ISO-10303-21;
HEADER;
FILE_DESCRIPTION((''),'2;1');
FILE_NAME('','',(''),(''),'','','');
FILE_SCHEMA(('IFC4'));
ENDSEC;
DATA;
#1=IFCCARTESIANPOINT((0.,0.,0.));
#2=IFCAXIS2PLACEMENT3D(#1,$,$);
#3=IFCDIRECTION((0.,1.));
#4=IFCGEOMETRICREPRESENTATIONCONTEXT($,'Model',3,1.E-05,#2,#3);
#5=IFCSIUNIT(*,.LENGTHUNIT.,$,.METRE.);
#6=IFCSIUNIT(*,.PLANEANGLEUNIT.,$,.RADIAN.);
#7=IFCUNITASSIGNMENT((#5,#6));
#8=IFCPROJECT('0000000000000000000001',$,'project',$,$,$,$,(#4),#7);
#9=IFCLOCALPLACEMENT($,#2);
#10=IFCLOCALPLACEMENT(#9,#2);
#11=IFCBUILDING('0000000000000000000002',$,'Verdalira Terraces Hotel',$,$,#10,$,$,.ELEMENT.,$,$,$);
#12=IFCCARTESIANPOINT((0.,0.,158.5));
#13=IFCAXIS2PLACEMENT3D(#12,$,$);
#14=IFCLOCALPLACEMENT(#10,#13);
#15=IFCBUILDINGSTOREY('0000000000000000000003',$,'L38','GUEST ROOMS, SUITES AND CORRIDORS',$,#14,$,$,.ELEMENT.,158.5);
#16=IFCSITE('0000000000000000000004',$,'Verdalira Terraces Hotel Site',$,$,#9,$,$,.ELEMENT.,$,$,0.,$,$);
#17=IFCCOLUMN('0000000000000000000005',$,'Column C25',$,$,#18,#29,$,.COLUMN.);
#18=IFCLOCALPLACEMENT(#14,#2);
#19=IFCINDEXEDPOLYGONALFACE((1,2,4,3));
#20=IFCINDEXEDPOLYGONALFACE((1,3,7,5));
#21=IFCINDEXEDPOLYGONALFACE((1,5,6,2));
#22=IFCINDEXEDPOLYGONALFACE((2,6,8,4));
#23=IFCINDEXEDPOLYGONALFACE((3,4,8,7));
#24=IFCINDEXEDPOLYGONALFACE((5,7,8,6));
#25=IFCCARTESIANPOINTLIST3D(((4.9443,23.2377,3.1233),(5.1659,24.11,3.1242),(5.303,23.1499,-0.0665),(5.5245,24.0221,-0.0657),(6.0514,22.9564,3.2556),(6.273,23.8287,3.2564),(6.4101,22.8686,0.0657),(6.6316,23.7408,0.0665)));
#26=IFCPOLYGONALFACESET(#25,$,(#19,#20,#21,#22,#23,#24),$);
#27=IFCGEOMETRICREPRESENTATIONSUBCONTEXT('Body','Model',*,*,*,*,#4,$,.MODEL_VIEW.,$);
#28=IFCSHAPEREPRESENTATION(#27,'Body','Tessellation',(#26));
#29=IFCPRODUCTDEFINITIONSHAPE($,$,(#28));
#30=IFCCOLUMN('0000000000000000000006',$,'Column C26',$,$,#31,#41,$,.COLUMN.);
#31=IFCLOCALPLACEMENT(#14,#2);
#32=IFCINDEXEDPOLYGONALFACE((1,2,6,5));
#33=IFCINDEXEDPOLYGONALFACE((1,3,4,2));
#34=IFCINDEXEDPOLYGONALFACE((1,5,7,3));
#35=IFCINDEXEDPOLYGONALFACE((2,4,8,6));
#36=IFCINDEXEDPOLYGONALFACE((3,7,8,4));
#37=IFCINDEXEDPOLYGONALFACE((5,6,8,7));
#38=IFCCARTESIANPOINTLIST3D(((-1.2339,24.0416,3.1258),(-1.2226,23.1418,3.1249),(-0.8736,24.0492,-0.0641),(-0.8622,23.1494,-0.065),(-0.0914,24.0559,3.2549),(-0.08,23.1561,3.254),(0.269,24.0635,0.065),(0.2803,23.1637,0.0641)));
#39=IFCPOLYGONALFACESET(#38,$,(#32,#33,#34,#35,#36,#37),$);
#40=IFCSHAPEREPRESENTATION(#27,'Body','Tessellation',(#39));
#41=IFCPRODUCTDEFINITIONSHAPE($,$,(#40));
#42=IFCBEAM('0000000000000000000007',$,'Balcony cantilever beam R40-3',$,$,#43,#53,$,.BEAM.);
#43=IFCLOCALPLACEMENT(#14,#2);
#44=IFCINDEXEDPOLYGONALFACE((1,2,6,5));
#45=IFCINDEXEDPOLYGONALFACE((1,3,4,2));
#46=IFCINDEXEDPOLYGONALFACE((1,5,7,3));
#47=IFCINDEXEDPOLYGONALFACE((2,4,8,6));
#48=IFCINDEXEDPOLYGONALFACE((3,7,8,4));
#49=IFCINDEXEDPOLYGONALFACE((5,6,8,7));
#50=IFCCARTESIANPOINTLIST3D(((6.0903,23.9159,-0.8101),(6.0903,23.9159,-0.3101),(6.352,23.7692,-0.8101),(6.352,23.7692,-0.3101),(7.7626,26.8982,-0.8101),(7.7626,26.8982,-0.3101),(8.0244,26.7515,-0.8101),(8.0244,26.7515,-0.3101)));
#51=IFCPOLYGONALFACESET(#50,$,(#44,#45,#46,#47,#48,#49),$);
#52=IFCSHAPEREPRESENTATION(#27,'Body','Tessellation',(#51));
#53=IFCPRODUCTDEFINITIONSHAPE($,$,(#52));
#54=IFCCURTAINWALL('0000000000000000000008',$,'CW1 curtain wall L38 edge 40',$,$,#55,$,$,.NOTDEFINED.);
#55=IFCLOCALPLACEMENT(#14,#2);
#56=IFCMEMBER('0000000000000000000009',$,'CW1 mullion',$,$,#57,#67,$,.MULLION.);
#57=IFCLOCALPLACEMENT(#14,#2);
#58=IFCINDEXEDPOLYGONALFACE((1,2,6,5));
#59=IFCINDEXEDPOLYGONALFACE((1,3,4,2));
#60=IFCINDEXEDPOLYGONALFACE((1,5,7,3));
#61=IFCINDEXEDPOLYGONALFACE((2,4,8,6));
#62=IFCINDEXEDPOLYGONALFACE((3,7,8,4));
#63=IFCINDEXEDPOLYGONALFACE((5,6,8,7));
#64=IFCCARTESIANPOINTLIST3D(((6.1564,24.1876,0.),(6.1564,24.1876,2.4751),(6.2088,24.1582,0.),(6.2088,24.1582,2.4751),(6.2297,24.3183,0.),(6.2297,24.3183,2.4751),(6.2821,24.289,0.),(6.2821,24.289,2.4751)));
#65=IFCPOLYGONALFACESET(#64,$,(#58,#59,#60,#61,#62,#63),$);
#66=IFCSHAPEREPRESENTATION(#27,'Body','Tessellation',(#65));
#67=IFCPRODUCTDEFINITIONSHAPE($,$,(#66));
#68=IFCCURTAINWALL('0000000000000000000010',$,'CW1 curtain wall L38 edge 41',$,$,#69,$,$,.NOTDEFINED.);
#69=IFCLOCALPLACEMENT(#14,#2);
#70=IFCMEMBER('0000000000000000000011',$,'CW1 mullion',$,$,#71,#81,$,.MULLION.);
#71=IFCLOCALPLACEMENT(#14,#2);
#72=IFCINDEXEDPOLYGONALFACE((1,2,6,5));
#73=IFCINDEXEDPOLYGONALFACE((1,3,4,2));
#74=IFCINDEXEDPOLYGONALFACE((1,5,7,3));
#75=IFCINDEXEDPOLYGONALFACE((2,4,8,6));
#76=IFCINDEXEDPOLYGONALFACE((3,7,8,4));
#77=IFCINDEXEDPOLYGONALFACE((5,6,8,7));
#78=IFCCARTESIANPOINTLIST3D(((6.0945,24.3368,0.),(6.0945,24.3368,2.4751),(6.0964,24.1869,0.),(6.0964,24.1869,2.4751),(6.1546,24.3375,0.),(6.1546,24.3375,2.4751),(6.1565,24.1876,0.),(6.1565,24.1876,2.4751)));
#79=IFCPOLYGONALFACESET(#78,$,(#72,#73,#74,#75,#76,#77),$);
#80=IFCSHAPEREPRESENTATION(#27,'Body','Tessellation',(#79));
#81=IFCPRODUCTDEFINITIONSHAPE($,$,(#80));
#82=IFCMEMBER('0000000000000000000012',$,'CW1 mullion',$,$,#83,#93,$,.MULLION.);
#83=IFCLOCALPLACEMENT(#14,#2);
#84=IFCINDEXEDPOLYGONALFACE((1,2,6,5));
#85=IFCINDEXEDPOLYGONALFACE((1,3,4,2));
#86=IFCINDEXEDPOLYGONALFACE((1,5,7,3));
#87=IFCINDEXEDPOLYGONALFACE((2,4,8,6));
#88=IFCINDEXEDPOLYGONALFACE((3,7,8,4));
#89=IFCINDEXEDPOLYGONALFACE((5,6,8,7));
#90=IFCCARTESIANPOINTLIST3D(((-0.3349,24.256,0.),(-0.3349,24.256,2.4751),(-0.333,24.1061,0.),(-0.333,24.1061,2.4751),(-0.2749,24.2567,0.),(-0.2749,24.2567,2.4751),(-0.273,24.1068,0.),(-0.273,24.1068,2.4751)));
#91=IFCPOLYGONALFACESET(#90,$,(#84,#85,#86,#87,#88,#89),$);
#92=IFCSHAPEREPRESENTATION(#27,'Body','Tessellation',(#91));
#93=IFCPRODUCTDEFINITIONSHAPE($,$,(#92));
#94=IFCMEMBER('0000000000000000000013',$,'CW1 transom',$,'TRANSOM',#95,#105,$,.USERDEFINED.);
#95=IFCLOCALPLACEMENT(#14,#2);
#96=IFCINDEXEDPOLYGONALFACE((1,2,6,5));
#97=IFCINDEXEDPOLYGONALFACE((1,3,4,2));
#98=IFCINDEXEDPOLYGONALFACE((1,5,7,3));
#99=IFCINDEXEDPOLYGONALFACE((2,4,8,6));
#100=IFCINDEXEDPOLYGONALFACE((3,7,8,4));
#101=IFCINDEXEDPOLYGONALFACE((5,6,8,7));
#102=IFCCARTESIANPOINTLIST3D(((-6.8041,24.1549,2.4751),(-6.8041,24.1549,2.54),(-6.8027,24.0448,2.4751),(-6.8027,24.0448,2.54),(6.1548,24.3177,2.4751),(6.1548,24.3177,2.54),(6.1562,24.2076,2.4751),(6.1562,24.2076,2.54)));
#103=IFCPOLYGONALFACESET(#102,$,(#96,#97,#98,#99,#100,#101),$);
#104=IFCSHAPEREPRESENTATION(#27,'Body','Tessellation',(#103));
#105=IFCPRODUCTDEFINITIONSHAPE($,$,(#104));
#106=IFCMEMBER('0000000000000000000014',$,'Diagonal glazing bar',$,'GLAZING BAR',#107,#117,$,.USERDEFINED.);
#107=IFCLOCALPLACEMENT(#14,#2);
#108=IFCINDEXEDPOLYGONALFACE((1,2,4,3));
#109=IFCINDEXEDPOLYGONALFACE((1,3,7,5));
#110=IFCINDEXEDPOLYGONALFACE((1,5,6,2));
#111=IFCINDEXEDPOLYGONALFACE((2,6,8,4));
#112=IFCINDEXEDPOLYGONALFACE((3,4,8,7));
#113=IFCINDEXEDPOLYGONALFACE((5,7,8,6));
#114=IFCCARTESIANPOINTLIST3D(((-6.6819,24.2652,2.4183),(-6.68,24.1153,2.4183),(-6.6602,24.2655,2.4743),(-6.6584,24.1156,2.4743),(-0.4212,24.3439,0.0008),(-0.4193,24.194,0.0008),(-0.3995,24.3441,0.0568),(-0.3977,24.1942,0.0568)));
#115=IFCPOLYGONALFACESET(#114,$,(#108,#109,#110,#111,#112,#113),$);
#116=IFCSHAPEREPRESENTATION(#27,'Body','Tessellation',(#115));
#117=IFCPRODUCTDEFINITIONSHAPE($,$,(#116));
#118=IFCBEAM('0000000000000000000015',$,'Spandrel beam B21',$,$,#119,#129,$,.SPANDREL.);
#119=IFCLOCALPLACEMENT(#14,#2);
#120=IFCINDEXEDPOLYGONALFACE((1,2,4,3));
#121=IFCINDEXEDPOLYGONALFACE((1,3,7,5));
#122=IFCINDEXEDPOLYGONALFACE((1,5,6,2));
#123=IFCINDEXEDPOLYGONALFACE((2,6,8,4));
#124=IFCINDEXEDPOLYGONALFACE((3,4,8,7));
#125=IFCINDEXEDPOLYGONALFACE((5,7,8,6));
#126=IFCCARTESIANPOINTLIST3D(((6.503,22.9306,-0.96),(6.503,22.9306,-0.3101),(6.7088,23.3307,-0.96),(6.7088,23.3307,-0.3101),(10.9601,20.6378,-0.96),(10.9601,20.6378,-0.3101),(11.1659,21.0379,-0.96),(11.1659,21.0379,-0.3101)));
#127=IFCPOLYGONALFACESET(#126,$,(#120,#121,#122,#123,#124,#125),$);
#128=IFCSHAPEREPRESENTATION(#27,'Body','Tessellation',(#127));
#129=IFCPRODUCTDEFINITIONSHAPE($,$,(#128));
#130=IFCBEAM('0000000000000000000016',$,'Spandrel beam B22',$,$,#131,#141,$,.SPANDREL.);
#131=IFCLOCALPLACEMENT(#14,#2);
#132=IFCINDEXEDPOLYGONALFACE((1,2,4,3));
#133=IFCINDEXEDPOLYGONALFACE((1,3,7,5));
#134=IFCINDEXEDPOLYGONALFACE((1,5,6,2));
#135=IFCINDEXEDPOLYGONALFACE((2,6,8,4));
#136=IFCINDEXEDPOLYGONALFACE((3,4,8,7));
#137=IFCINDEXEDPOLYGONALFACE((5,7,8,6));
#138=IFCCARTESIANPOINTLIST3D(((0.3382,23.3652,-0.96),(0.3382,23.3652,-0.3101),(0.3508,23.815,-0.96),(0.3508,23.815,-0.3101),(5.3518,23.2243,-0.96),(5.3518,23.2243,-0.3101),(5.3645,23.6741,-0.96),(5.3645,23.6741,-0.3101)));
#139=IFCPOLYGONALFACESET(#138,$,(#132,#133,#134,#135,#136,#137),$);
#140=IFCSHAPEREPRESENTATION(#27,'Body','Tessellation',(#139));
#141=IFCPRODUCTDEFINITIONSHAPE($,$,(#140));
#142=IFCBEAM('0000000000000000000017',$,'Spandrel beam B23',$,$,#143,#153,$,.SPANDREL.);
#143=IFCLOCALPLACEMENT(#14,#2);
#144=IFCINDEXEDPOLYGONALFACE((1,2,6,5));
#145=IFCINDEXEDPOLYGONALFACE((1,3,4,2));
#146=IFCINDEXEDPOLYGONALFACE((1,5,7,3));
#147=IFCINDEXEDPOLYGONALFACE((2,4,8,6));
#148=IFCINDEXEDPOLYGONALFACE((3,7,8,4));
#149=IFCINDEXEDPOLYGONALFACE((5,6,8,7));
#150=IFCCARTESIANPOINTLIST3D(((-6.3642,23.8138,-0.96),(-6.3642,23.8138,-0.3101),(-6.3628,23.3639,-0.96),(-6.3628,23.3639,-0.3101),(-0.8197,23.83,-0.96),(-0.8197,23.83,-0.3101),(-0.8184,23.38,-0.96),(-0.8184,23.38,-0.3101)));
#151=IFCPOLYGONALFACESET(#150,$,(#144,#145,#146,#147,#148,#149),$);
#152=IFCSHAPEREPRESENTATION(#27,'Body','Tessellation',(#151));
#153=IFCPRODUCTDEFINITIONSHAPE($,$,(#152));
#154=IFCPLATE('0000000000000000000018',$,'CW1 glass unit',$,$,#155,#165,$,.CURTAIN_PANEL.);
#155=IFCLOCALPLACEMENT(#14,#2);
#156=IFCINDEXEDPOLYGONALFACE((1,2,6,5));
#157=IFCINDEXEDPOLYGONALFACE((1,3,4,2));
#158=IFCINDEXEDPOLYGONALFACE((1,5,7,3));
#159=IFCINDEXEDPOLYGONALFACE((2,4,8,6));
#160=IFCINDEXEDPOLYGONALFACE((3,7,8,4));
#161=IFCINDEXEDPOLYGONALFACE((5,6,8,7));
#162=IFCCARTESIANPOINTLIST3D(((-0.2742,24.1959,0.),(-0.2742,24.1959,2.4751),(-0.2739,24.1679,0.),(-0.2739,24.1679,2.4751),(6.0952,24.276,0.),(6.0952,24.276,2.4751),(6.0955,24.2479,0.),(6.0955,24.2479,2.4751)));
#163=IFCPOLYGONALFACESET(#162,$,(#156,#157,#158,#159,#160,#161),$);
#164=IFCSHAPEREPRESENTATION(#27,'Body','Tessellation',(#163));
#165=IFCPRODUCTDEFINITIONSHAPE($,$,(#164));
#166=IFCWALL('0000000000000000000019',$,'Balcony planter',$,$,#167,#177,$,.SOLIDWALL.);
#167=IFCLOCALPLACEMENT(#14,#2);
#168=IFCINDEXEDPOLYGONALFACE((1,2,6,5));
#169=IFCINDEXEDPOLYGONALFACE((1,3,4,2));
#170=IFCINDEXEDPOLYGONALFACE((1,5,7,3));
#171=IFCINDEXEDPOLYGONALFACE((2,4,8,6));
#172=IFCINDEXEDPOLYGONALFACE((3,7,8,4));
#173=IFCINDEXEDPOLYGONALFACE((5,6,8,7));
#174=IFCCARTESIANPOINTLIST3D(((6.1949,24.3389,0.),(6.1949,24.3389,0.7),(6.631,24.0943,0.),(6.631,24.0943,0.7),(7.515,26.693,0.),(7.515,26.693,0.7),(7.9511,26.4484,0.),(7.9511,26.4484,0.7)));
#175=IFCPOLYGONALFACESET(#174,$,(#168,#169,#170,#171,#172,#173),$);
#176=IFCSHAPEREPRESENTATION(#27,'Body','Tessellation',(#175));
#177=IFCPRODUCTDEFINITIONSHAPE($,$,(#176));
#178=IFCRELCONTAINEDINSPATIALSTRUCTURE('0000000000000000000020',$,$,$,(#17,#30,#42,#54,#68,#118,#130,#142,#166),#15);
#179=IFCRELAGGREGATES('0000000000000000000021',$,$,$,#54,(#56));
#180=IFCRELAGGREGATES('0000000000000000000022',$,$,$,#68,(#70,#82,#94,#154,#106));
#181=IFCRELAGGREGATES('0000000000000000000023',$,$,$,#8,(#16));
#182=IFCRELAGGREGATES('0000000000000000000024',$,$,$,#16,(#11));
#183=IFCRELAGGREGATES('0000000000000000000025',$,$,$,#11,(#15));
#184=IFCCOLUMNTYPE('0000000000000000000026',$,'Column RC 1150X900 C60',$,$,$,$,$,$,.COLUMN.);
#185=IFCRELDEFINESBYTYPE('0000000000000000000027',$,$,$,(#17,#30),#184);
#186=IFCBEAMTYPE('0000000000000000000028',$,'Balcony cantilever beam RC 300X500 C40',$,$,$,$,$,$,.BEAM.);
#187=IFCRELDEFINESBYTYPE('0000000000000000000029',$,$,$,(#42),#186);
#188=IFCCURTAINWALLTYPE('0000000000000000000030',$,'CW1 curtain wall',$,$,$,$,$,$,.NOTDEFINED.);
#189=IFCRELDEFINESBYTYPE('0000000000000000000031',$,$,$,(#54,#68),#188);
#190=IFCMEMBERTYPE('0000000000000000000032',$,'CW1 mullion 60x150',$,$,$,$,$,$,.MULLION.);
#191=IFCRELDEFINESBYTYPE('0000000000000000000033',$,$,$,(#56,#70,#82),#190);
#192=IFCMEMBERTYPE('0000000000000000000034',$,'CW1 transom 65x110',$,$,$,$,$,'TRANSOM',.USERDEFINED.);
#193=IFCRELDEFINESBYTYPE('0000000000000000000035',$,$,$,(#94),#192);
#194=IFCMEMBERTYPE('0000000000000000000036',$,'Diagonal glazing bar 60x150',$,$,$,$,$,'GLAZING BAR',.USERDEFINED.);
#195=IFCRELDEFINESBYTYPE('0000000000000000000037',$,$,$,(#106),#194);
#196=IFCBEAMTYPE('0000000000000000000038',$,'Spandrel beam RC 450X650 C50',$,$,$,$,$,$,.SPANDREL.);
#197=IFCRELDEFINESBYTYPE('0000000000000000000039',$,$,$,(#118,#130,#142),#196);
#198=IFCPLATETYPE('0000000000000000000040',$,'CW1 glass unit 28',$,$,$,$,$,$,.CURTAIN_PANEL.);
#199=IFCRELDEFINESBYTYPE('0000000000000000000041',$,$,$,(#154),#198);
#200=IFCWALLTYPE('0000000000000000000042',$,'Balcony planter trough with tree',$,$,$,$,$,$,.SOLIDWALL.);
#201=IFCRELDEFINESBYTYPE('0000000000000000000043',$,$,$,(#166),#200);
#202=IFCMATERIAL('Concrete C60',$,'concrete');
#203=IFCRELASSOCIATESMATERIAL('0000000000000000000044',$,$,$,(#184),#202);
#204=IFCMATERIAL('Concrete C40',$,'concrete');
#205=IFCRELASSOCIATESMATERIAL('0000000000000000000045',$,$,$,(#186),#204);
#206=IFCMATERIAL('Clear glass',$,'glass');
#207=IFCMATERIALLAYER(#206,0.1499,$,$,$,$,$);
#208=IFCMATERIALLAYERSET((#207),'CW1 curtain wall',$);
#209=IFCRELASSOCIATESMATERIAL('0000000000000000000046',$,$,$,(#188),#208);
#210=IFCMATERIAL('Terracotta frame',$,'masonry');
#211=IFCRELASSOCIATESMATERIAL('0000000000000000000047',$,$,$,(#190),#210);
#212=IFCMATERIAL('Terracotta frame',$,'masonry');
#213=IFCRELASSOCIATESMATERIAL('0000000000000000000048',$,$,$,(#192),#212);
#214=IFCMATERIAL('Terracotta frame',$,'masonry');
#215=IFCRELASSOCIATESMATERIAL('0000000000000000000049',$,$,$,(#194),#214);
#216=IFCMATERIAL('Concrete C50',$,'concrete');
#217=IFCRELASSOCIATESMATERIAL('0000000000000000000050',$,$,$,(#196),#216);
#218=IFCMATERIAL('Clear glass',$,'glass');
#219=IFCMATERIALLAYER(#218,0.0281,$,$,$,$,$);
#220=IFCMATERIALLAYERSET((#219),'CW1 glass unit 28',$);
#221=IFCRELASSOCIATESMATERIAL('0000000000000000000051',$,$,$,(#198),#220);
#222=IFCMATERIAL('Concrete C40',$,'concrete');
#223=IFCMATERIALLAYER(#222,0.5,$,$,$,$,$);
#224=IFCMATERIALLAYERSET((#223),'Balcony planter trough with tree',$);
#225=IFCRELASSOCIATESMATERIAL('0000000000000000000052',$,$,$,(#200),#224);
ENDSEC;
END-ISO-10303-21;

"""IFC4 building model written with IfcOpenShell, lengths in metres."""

from ifc_helpers import new_model, si_unit, direction, frame, frame_2d, origin, origin_2d, place, context, subcontext, project, spatial, rectangle, extrude, material, layer, layer_set, material_profile, profile_set, type_object, element, aggregate, save


model = new_model("IFC4")

# Units and contexts
model_context = context("Model", 3, precision=1e-05, world=origin(), true_north=direction((0.0, 1.0)))
body_context = subcontext(model_context, "Body", "Model", "MODEL_VIEW")
ifc_project = project(units=[si_unit("LENGTHUNIT", "METRE"), si_unit("PLANEANGLEUNIT", "RADIAN")], contexts=[model_context])

# Site, building, storey
site_placement = place(None, origin())
site = spatial("IfcSite", under=ifc_project, at=site_placement, Name="Verdalira Terraces Hotel Site", CompositionType="ELEMENT", RefElevation=0.0)
building_placement = place(site_placement, origin())
building = spatial("IfcBuilding", under=site, at=building_placement, Name="Verdalira Terraces Hotel", CompositionType="ELEMENT")
storey_placement = place(building_placement, frame((0.0, 0.0, 158.5)))
storey = spatial("IfcBuildingStorey", under=building, at=storey_placement, Name="L38", Description="GUEST ROOMS, SUITES AND CORRIDORS", CompositionType="ELEMENT", Elevation=158.5)

# Columns
ifc_material_1 = material(Name="Concrete C60", Category="concrete")
ifc_material_profile_1 = material_profile(ifc_material_1, rectangle(XDim=1.1499, YDim=0.8999, at=origin_2d()), Name="RC 1150X900")
ifc_profile_set_1 = profile_set([ifc_material_profile_1], Name="Concrete C60")
column_type = type_object("IfcColumnType", Name="Column RC 1150X900 C60", PredefinedType="COLUMN", material=ifc_profile_set_1)
column_1_placement = place(storey_placement, frame((5.9673, 23.4453, 0.0), z_axis=(-0.111683, 0.02737, 0.993367), x_axis=(0.962776, -0.244625, 0.114984)))
element("IfcColumn", 1, at=column_1_placement, inside=storey, type_object=column_type, Name="Column C25", PredefinedType="COLUMN", context=body_context, shape_type="SweptSolid", body=[
    extrude(rectangle(XDim=1.1499, YDim=0.8999, at=origin_2d()), origin(), (0.0, 0.0, 1.0), 3.2112),
])
column_2_placement = place(storey_placement, frame((-0.2966, 23.6064, 0.0), z_axis=(-0.112251, -0.002358, 0.993677), x_axis=(-0.9936, -0.012435, -0.112271)))
element("IfcColumn", 2, at=column_2_placement, inside=storey, type_object=column_type, Name="Column C26", PredefinedType="COLUMN", context=body_context, shape_type="SweptSolid", body=[
    extrude(rectangle(XDim=1.1499, YDim=0.8999, at=origin_2d()), origin(), (0.0, 0.0, 1.0), 3.2102),
])

# Beam
ifc_material_2 = material(Name="Concrete C40", Category="concrete")
ifc_material_profile_2 = material_profile(ifc_material_2, rectangle(XDim=0.3, YDim=0.5, at=origin_2d()), Name="RC 300X500")
ifc_profile_set_2 = profile_set([ifc_material_profile_2], Name="Concrete C40")
beam_type_1 = type_object("IfcBeamType", Name="Balcony cantilever beam RC 300X500 C40", PredefinedType="BEAM", material=ifc_profile_set_2)
beam_1_placement = place(storey_placement, frame((6.2212, 23.8425, -0.5601), z_axis=(0.489095, 0.872231, 0.0), x_axis=(-0.872231, 0.489095, 0.0)))
element("IfcBeam", 3, at=beam_1_placement, inside=storey, type_object=beam_type_1, Name="Balcony cantilever beam R40-3", PredefinedType="BEAM", context=body_context, shape_type="SweptSolid", body=[
    extrude(rectangle(XDim=0.3, YDim=0.5, at=origin_2d()), origin(), (0.0, 0.0, 1.0), 3.4192),
])

# Curtain wall, member
ifc_material_3 = material(Name="Clear glass", Category="glass")
ifc_layer_1 = layer(ifc_material_3, 0.1499)
ifc_layer_set_1 = layer_set([ifc_layer_1], Name="CW1 curtain wall")
curtain_wall_type = type_object("IfcCurtainWallType", Name="CW1 curtain wall", PredefinedType="NOTDEFINED", material=ifc_layer_set_1)
curtain_wall_1_placement = place(storey_placement, origin())
curtain_wall_1 = element("IfcCurtainWall", 4, at=curtain_wall_1_placement, inside=storey, type_object=curtain_wall_type, Name="CW1 curtain wall L38 edge 40", PredefinedType="NOTDEFINED")
ifc_material_4 = material(Name="Terracotta frame", Category="masonry")
ifc_material_profile_3 = material_profile(ifc_material_4, rectangle(XDim=0.0601, YDim=0.1499, at=origin_2d()), Name="MU 60x150")
ifc_profile_set_3 = profile_set([ifc_material_profile_3], Name="Terracotta frame")
member_type_1 = type_object("IfcMemberType", Name="CW1 mullion 60x150", PredefinedType="MULLION", material=ifc_profile_set_3)
member_1_placement = place(storey_placement, frame((6.2192, 24.2383, 0.0), z_axis=(0.0, 0.0, 1.0), x_axis=(-0.87224, 0.489078, 0.0)))
member_1 = element("IfcMember", 5, at=member_1_placement, type_object=member_type_1, Name="CW1 mullion", PredefinedType="MULLION", context=body_context, shape_type="SweptSolid", body=[
    extrude(rectangle(XDim=0.0601, YDim=0.1499, at=origin_2d()), origin(), (0.0, 0.0, 1.0), 2.4751),
])
aggregate(curtain_wall_1, [member_1])

# Curtain wall, members
curtain_wall_2_placement = place(storey_placement, origin())
curtain_wall_2 = element("IfcCurtainWall", 6, at=curtain_wall_2_placement, inside=storey, type_object=curtain_wall_type, Name="CW1 curtain wall L38 edge 41", PredefinedType="NOTDEFINED")
member_2_placement = place(storey_placement, frame((6.1255, 24.2622, 0.0), z_axis=(0.0, 0.0, 1.0), x_axis=(-0.999921, -0.012566, 0.0)))
member_2 = element("IfcMember", 7, at=member_2_placement, type_object=member_type_1, Name="CW1 mullion", PredefinedType="MULLION", context=body_context, shape_type="SweptSolid", body=[
    extrude(rectangle(XDim=0.0601, YDim=0.1499, at=origin_2d()), origin(), (0.0, 0.0, 1.0), 2.4751),
])
member_3_placement = place(storey_placement, frame((-0.304, 24.1814, 0.0), z_axis=(0.0, 0.0, 1.0), x_axis=(-0.999921, -0.012566, 0.0)))
member_3 = element("IfcMember", 8, at=member_3_placement, type_object=member_type_1, Name="CW1 mullion", PredefinedType="MULLION", context=body_context, shape_type="SweptSolid", body=[
    extrude(rectangle(XDim=0.0601, YDim=0.1499, at=origin_2d()), origin(), (0.0, 0.0, 1.0), 2.4751),
])
ifc_material_5 = material(Name="Terracotta frame", Category="masonry")
ifc_material_profile_4 = material_profile(ifc_material_5, rectangle(XDim=0.1101, YDim=0.0649, at=origin_2d()), Name="TR 65x110")
ifc_profile_set_4 = profile_set([ifc_material_profile_4], Name="Terracotta frame")
member_type_2 = type_object("IfcMemberType", Name="CW1 transom 65x110", ElementType="TRANSOM", PredefinedType="USERDEFINED", material=ifc_profile_set_4)
member_4_placement = place(storey_placement, frame((6.1555, 24.2627, 2.5076), z_axis=(-0.999921, -0.012565, 0.0), x_axis=(0.012565, -0.999921, 0.0)))
member_4 = element("IfcMember", 9, at=member_4_placement, type_object=member_type_2, Name="CW1 transom", ObjectType="TRANSOM", PredefinedType="USERDEFINED", context=body_context, shape_type="SweptSolid", body=[
    extrude(rectangle(XDim=0.1101, YDim=0.0649, at=origin_2d()), origin(), (0.0, 0.0, 1.0), 12.96),
])
ifc_material_6 = material(Name="Terracotta frame", Category="masonry")
ifc_material_profile_5 = material_profile(ifc_material_6, rectangle(XDim=0.1499, YDim=0.0601, at=origin_2d()), Name="GB 60x150")
ifc_profile_set_5 = profile_set([ifc_material_profile_5], Name="Terracotta frame")
member_type_3 = type_object("IfcMemberType", Name="Diagonal glazing bar 60x150", ElementType="GLAZING BAR", PredefinedType="USERDEFINED", material=ifc_profile_set_5)
member_5_placement = place(storey_placement, frame((-0.4094, 24.269, 0.0288), z_axis=(-0.932806, -0.011713, 0.360188), x_axis=(0.012556, -0.999921, 0.0)))
member_5 = element("IfcMember", 10, at=member_5_placement, type_object=member_type_3, Name="Diagonal glazing bar", ObjectType="GLAZING BAR", PredefinedType="USERDEFINED", context=body_context, shape_type="SweptSolid", body=[
    extrude(rectangle(XDim=0.1499, YDim=0.0601, at=origin_2d()), origin(), (0.0, 0.0, 1.0), 6.7117),
])

# Beams
ifc_material_7 = material(Name="Concrete C50", Category="concrete")
ifc_material_profile_6 = material_profile(ifc_material_7, rectangle(XDim=0.45, YDim=0.6499, at=origin_2d()), Name="RC 450X650")
ifc_profile_set_6 = profile_set([ifc_material_profile_6], Name="Concrete C50")
beam_type_2 = type_object("IfcBeamType", Name="Spandrel beam RC 450X650 C50", PredefinedType="SPANDREL", material=ifc_profile_set_6)
beam_2_placement = place(storey_placement, frame((11.063, 20.8379, -0.635), z_axis=(-0.889244, 0.457433, 0.0), x_axis=(-0.457433, -0.889244, 0.0)))
element("IfcBeam", 11, at=beam_2_placement, inside=storey, type_object=beam_type_2, Name="Spandrel beam B21", PredefinedType="SPANDREL", context=body_context, shape_type="SweptSolid", body=[
    extrude(rectangle(XDim=0.45, YDim=0.6499, at=origin_2d()), origin(), (0.0, 0.0, 1.0), 5.0122),
])
beam_3_placement = place(storey_placement, frame((5.3582, 23.4492, -0.635), z_axis=(-0.999606, 0.028086, 0.0), x_axis=(-0.028086, -0.999606, 0.0)))
element("IfcBeam", 12, at=beam_3_placement, inside=storey, type_object=beam_type_2, Name="Spandrel beam B22", PredefinedType="SPANDREL", context=body_context, shape_type="SweptSolid", body=[
    extrude(rectangle(XDim=0.45, YDim=0.6499, at=origin_2d()), origin(), (0.0, 0.0, 1.0), 5.0156),
])
beam_4_placement = place(storey_placement, frame((-0.8191, 23.605, -0.635), z_axis=(-0.999996, -0.002906, 0.0), x_axis=(0.002906, -0.999996, 0.0)))
element("IfcBeam", 13, at=beam_4_placement, inside=storey, type_object=beam_type_2, Name="Spandrel beam B23", PredefinedType="SPANDREL", context=body_context, shape_type="SweptSolid", body=[
    extrude(rectangle(XDim=0.45, YDim=0.6499, at=origin_2d()), origin(), (0.0, 0.0, 1.0), 5.5444),
])

# Plate
ifc_material_8 = material(Name="Clear glass", Category="glass")
ifc_layer_2 = layer(ifc_material_8, 0.0281)
ifc_layer_set_2 = layer_set([ifc_layer_2], Name="CW1 glass unit 28")
plate_type = type_object("IfcPlateType", Name="CW1 glass unit 28", PredefinedType="CURTAIN_PANEL", material=ifc_layer_set_2)
plate_placement = place(storey_placement, frame((2.9106, 24.2219, 0.0), z_axis=(0.0, 0.0, 1.0), x_axis=(-0.999921, -0.012566, 0.0)))
plate = element("IfcPlate", 14, at=plate_placement, type_object=plate_type, Name="CW1 glass unit", PredefinedType="CURTAIN_PANEL", context=body_context, shape_type="SweptSolid", body=[
    extrude(rectangle(XDim=6.3699, YDim=0.0281, at=origin_2d()), origin(), (0.0, 0.0, 1.0), 2.4751),
])
aggregate(curtain_wall_2, [member_2, member_3, member_4, plate, member_5])

# Wall
ifc_material_9 = material(Name="Concrete C40", Category="concrete")
ifc_layer_3 = layer(ifc_material_9, 0.5)
ifc_layer_set_3 = layer_set([ifc_layer_3], Name="Balcony planter trough with tree")
wall_type_1 = type_object("IfcWallType", Name="Balcony planter trough with tree", PredefinedType="SOLIDWALL", material=ifc_layer_set_3)
wall_1_placement = place(storey_placement, frame((7.7332, 26.5708, 0.0), z_axis=(0.0, 0.0, 1.0), x_axis=(-0.489118, -0.872217, 0.0)))
element("IfcWall", 15, at=wall_1_placement, inside=storey, type_object=wall_type_1, Name="Balcony planter", PredefinedType="SOLIDWALL", context=body_context, shape_type="SweptSolid", body=[
    extrude(rectangle(XDim=2.699, YDim=0.5, at=frame_2d((1.3496, 0.0))), origin(), (0.0, 0.0, 1.0), 0.7),
])

save(model, "model.ifc")
